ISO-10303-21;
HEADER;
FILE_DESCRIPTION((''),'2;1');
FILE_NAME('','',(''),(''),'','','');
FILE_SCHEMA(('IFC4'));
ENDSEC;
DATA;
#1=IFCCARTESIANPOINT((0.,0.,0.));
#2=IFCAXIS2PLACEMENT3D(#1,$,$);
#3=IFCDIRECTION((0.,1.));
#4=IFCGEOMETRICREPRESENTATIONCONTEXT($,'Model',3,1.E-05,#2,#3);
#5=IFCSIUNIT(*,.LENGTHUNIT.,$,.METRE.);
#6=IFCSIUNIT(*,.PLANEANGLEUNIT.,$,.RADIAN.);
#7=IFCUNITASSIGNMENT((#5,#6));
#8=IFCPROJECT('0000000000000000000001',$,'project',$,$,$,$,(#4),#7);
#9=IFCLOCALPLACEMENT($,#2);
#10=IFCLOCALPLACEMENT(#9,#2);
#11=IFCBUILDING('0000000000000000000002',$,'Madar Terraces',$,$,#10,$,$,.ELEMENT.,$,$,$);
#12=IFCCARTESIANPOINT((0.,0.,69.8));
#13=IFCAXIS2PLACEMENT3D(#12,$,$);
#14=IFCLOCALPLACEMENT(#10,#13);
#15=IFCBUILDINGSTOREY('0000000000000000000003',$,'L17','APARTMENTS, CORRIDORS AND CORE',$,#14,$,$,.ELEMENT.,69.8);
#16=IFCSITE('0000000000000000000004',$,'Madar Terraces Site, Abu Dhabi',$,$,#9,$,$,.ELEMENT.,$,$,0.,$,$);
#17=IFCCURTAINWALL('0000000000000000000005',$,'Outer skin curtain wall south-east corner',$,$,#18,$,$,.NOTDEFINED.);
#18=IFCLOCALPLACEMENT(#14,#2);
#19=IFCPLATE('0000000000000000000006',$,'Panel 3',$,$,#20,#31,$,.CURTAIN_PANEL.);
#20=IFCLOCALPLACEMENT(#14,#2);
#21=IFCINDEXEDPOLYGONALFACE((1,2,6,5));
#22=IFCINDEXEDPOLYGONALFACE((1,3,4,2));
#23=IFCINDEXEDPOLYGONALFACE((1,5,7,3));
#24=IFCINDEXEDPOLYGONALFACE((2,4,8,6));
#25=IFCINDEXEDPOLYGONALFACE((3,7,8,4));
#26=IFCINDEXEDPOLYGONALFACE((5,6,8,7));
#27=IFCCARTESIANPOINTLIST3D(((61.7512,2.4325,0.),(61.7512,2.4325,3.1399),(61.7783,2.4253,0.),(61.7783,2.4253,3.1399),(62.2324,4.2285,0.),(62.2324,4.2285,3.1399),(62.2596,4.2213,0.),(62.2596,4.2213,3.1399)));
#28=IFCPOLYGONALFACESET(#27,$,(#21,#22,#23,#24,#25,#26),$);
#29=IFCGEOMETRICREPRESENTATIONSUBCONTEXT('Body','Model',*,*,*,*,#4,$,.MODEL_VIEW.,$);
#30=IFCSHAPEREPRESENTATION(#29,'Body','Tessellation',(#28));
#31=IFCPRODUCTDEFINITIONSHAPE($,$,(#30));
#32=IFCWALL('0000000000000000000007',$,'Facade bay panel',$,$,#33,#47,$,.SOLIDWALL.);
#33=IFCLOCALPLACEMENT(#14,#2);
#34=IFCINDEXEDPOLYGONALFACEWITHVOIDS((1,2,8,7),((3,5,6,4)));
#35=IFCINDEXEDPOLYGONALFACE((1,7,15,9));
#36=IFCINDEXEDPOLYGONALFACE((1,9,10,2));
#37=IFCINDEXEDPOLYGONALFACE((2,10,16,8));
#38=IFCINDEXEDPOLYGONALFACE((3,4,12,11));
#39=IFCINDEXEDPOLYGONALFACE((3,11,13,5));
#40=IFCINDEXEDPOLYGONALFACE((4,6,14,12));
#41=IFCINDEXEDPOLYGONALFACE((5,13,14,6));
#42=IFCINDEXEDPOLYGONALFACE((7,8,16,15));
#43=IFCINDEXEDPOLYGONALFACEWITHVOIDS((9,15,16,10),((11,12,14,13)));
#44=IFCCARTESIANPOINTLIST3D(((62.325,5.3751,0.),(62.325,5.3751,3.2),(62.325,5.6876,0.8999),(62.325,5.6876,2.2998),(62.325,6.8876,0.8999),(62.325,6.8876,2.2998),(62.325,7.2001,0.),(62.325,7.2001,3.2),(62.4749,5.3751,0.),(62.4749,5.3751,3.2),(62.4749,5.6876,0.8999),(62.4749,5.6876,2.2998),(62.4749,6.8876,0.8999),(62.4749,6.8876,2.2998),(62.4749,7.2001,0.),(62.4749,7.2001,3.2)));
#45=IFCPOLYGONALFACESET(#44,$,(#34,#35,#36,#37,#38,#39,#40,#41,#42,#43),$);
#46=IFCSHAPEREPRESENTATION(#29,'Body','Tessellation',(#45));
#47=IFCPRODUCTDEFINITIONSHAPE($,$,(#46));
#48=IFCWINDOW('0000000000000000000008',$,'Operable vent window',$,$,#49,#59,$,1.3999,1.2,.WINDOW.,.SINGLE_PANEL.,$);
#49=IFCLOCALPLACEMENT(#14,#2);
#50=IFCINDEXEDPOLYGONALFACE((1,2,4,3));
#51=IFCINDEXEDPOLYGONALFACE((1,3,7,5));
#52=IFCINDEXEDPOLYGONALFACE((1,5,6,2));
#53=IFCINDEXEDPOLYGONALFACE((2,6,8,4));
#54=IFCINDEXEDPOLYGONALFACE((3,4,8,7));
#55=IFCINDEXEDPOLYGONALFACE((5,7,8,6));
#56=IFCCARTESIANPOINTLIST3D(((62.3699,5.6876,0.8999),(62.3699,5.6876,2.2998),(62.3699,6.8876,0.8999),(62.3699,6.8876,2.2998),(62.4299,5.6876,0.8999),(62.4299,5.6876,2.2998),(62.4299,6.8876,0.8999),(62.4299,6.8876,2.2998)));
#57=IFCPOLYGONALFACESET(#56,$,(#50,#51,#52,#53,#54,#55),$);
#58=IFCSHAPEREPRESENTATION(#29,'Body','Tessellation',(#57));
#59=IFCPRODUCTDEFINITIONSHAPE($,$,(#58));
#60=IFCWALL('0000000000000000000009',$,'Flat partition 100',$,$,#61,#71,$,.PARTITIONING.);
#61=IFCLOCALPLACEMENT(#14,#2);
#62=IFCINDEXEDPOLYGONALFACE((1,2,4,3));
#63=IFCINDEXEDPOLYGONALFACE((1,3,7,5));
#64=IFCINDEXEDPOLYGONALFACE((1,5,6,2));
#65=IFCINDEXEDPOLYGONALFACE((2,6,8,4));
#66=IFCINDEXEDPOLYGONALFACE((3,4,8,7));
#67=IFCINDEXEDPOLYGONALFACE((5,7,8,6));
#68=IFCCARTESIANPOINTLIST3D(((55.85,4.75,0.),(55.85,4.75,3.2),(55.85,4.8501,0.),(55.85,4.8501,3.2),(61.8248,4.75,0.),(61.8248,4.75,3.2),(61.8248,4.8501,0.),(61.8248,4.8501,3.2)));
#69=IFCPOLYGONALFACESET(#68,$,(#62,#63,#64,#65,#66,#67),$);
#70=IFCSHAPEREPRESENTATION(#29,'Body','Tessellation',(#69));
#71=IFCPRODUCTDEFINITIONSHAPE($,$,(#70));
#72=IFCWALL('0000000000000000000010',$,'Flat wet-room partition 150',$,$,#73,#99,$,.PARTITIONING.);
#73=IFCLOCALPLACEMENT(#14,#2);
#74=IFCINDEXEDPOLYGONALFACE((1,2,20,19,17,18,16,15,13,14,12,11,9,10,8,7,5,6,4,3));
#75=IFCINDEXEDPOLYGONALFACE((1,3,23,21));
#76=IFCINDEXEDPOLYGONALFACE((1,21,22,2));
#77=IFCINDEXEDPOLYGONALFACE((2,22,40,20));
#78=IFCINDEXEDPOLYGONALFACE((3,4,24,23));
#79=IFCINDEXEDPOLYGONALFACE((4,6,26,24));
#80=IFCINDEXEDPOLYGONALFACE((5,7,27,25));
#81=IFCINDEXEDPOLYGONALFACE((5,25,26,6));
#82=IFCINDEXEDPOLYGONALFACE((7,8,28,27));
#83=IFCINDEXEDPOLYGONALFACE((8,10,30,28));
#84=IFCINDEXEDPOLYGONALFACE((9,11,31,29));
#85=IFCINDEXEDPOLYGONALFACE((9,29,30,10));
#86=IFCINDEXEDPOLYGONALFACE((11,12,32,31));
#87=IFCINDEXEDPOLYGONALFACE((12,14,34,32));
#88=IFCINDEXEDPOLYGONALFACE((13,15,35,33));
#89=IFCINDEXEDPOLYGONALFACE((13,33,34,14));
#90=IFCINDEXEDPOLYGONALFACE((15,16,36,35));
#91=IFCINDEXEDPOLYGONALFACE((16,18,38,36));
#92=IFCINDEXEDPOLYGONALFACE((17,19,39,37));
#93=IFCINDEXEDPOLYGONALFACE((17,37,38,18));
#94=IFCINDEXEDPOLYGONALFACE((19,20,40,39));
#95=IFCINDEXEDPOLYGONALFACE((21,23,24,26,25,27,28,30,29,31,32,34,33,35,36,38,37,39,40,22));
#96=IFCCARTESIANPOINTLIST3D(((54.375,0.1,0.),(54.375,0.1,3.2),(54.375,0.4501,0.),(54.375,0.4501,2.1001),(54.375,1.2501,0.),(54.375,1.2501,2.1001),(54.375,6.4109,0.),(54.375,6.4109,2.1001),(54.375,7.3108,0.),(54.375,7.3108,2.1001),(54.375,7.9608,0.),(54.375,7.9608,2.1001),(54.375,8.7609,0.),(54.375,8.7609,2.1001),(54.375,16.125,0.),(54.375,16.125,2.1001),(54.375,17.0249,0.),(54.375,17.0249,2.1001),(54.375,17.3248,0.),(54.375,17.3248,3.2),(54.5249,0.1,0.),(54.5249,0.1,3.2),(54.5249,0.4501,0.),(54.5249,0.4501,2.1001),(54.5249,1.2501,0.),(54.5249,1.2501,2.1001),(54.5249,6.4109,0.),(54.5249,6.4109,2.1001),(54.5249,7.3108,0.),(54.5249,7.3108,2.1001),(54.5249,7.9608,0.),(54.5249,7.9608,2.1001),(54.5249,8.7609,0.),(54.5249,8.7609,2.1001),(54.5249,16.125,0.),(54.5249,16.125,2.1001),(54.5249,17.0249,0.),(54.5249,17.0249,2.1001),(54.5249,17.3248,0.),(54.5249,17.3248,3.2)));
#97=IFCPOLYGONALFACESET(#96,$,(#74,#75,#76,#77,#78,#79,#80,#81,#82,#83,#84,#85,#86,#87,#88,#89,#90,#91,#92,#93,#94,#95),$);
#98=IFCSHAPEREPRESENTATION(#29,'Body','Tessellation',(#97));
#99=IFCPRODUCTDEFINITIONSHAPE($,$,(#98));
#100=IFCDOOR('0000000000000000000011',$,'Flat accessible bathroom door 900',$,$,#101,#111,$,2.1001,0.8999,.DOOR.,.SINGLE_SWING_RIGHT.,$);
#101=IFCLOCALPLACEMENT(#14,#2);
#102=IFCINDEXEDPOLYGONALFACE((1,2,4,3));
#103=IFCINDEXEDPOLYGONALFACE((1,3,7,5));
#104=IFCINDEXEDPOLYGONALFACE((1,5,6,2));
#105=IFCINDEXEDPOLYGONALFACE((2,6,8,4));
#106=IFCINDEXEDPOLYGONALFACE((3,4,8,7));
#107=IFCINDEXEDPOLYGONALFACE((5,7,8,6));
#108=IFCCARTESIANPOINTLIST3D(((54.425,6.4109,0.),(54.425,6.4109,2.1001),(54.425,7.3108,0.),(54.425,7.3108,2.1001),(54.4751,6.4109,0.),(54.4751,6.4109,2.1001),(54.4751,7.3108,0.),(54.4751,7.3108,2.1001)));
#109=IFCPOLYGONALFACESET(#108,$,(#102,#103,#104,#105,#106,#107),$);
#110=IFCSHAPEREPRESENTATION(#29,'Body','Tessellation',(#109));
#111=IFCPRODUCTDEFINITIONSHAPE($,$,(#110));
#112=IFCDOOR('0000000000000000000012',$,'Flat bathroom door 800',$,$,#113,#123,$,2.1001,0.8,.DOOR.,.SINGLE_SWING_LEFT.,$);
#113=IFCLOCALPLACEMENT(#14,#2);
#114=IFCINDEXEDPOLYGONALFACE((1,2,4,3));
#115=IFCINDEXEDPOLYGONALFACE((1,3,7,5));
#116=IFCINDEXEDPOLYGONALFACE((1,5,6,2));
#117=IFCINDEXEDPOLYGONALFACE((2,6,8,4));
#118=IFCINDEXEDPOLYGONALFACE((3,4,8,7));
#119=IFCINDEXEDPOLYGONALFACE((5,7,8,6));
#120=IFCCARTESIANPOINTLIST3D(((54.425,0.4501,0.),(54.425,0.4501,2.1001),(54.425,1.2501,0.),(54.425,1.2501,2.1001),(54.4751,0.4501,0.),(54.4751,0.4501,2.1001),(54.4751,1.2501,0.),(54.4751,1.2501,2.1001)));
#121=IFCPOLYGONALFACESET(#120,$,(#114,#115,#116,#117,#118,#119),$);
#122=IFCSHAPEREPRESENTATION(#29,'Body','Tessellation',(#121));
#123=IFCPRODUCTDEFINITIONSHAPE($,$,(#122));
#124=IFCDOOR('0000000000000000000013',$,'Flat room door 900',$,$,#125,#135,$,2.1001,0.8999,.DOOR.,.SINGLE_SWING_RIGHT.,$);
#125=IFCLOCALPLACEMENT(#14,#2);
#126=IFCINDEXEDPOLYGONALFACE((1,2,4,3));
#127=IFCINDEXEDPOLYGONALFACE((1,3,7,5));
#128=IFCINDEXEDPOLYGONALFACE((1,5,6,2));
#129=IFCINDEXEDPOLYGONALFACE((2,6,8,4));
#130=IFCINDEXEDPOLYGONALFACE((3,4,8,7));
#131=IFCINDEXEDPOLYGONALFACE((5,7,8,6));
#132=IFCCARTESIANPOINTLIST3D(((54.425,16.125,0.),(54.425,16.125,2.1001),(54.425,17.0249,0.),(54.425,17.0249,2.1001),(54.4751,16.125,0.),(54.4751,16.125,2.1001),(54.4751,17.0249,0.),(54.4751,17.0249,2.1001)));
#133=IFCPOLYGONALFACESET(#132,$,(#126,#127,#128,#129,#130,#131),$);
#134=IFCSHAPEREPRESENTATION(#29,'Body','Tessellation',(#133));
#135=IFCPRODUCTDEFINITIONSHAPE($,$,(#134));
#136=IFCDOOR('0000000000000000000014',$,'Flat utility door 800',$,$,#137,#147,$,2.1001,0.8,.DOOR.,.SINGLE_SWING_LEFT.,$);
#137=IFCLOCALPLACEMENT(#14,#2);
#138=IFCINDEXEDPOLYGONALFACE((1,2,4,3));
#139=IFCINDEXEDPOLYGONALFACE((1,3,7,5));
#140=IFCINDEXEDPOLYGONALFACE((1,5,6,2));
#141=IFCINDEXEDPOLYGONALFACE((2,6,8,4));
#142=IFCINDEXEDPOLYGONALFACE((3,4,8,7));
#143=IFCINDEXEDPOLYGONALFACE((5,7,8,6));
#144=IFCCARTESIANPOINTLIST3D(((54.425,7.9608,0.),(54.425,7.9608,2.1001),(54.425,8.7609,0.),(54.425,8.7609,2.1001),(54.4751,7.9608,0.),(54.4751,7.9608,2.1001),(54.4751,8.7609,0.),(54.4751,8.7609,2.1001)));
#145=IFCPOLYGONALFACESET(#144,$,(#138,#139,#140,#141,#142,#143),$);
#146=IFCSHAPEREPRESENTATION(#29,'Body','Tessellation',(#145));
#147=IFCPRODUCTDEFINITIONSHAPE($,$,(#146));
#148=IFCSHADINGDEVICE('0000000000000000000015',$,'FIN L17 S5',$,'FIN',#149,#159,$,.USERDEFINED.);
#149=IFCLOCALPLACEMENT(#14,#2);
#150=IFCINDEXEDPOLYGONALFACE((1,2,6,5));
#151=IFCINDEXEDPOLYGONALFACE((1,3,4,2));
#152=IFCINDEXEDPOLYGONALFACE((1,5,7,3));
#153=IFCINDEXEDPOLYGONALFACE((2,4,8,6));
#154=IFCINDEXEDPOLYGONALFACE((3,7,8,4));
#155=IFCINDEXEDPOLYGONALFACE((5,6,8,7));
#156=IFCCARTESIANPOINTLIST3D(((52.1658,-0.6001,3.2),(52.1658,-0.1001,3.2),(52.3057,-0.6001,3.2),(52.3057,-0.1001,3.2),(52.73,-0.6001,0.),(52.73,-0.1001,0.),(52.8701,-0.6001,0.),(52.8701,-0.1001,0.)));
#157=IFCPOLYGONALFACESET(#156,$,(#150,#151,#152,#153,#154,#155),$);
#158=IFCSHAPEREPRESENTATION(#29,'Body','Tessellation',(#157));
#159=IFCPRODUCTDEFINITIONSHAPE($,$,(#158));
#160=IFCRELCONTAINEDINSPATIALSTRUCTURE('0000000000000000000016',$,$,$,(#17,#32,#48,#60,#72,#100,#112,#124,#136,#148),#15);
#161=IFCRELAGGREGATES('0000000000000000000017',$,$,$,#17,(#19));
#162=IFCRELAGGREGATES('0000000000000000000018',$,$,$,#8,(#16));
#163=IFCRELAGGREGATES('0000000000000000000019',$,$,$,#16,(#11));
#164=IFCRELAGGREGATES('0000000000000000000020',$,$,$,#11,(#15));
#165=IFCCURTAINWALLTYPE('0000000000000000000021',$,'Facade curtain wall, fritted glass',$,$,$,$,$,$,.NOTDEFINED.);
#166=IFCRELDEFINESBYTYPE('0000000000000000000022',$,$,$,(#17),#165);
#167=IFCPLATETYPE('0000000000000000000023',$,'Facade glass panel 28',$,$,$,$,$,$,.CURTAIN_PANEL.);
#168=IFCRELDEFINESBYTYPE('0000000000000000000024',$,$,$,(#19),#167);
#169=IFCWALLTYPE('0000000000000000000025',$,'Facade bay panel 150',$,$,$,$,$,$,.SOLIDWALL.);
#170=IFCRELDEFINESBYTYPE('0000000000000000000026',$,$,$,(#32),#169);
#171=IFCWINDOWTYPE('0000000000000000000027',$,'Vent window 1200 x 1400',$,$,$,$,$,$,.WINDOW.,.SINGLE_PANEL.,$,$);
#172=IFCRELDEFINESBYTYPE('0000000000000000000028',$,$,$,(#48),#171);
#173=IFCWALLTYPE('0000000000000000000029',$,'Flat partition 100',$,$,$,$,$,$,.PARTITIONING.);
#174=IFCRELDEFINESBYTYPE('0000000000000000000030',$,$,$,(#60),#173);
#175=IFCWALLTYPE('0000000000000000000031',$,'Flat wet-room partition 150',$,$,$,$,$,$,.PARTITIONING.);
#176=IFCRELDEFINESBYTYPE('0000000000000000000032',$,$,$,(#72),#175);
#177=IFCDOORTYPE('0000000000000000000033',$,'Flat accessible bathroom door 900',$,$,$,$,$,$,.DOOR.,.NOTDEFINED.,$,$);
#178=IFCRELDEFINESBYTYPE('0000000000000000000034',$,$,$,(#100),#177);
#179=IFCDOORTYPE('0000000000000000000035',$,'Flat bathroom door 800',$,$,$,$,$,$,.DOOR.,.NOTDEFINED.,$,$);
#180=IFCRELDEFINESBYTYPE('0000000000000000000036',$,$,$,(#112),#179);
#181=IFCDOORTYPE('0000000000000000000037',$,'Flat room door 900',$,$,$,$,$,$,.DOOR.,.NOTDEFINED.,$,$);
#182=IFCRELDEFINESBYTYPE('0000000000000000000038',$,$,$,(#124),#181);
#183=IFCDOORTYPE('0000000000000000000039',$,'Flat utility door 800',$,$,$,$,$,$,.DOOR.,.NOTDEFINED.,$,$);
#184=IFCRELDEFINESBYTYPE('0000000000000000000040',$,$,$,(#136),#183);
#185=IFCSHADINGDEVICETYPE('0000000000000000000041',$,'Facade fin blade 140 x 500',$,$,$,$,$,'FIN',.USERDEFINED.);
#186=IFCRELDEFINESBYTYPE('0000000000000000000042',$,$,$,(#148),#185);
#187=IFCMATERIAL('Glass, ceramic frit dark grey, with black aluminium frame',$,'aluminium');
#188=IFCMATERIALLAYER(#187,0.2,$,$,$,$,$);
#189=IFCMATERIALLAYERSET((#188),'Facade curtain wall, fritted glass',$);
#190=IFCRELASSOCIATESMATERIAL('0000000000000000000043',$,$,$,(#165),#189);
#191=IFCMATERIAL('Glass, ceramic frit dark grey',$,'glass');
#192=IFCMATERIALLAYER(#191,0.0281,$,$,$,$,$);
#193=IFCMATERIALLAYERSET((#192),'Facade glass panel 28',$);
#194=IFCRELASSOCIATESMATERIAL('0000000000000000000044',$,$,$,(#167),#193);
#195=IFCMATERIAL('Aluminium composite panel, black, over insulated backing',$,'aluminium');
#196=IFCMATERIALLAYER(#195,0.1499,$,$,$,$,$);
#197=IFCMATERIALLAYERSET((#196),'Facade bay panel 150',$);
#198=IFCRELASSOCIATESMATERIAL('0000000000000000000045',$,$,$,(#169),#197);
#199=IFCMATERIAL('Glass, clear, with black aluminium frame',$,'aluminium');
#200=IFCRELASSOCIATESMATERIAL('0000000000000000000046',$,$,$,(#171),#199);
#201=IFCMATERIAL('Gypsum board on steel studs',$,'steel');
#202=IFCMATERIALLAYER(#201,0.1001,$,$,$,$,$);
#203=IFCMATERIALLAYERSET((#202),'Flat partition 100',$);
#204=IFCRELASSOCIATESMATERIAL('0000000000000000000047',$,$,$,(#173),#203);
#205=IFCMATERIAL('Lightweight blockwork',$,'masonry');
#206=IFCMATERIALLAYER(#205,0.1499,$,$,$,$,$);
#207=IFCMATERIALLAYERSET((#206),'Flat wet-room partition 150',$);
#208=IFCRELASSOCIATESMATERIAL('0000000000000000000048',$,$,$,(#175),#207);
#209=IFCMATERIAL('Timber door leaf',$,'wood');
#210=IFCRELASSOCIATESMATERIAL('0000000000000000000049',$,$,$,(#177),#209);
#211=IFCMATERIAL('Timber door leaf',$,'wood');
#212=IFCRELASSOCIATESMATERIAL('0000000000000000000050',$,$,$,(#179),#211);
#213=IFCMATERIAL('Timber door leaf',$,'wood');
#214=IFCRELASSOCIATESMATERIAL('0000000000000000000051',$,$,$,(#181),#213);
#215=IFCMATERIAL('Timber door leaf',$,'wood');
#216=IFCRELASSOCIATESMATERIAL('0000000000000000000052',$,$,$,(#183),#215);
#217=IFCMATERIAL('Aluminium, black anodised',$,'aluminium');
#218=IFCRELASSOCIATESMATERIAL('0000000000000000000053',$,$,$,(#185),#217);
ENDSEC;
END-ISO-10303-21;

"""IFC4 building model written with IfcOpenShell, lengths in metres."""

from ifc_helpers import new_model, si_unit, direction, frame, frame_2d, origin, origin_2d, place, context, subcontext, project, spatial, polyline, rectangle, outline, extrude, material, layer, layer_set, type_object, element, fill, aggregate, save


model = new_model("IFC4")

# Units and contexts
model_context = context("Model", 3, precision=1e-05, world=origin(), true_north=direction((0.0, 1.0)))
body_context = subcontext(model_context, "Body", "Model", "MODEL_VIEW")
ifc_project = project(units=[si_unit("LENGTHUNIT", "METRE"), si_unit("PLANEANGLEUNIT", "RADIAN")], contexts=[model_context])

# Site, building, storey
site_placement = place(None, origin())
site = spatial("IfcSite", under=ifc_project, at=site_placement, Name="Madar Terraces Site, Abu Dhabi", CompositionType="ELEMENT", RefElevation=0.0)
building_placement = place(site_placement, origin())
building = spatial("IfcBuilding", under=site, at=building_placement, Name="Madar Terraces", CompositionType="ELEMENT")
storey_placement = place(building_placement, frame((0.0, 0.0, 69.8)))
storey = spatial("IfcBuildingStorey", under=building, at=storey_placement, Name="L17", Description="APARTMENTS, CORRIDORS AND CORE", CompositionType="ELEMENT", Elevation=69.8)

# Shared definitions
ifc_material_1 = material(Name="Glass, ceramic frit dark grey, with black aluminium frame", Category="aluminium")
ifc_layer_1 = layer(ifc_material_1, 0.2)
ifc_layer_set_1 = layer_set([ifc_layer_1], Name="Facade curtain wall, fritted glass")
curtain_wall_type = type_object("IfcCurtainWallType", Name="Facade curtain wall, fritted glass", PredefinedType="NOTDEFINED", material=ifc_layer_set_1)

# Curtain wall
curtain_wall_1_placement = place(storey_placement, origin())
curtain_wall_1 = element("IfcCurtainWall", 1, at=curtain_wall_1_placement, inside=storey, type_object=curtain_wall_type, Name="Outer skin curtain wall south-east corner", PredefinedType="NOTDEFINED")

# Plate
ifc_material_2 = material(Name="Glass, ceramic frit dark grey", Category="glass")
ifc_layer_2 = layer(ifc_material_2, 0.0281)
ifc_layer_set_2 = layer_set([ifc_layer_2], Name="Facade glass panel 28")
plate_type = type_object("IfcPlateType", Name="Facade glass panel 28", PredefinedType="CURTAIN_PANEL", material=ifc_layer_set_2)
plate_1_placement = place(storey_placement, frame((62.0054, 3.3269, 0.0), z_axis=(0.0, 0.0, 1.0), x_axis=(0.258819, 0.965926, 0.0)))
plate_1 = element("IfcPlate", 2, at=plate_1_placement, type_object=plate_type, Name="Panel 3", PredefinedType="CURTAIN_PANEL", context=body_context, shape_type="SweptSolid", body=[
    extrude(rectangle(XDim=1.8594, YDim=0.0281, at=origin_2d()), origin(), (0.0, 0.0, 1.0), 3.1399),
])
aggregate(curtain_wall_1, [plate_1])

# Wall, opening, window
ifc_material_3 = material(Name="Aluminium composite panel, black, over insulated backing", Category="aluminium")
ifc_layer_3 = layer(ifc_material_3, 0.1499)
ifc_layer_set_3 = layer_set([ifc_layer_3], Name="Facade bay panel 150")
wall_type_1 = type_object("IfcWallType", Name="Facade bay panel 150", PredefinedType="SOLIDWALL", material=ifc_layer_set_3)
wall_1_placement = place(storey_placement, frame((62.3999, 5.375, 0.0), z_axis=(0.0, 0.0, 1.0), x_axis=(0.0, 1.0, 0.0)))
wall_1 = element("IfcWall", 3, at=wall_1_placement, inside=storey, type_object=wall_type_1, Name="Facade bay panel", PredefinedType="SOLIDWALL", context=body_context, shape_type="SweptSolid", body=[
    extrude(rectangle(XDim=1.825, YDim=0.1499, at=frame_2d((0.9126, 0.0))), origin(), (0.0, 0.0, 1.0), 3.2),
])
opening_1_placement = place(wall_1_placement, frame((0.3125, 0.0, 0.8999)))
opening_1 = element("IfcOpeningElement", 4, at=opening_1_placement, cuts=wall_1, PredefinedType="OPENING", context=body_context, shape_type="SweptSolid", body=[
    extrude(rectangle(XDim=1.2, YDim=1.3999, at=frame_2d((0.6001, 0.7))), frame((0.0, 0.085, 0.0), z_axis=(0.0, -1.0, 0.0), x_axis=(1.0, 0.0, 0.0)), (0.0, 0.0, 1.0), 0.1699),
])
ifc_material_4 = material(Name="Glass, clear, with black aluminium frame", Category="aluminium")
window_type = type_object("IfcWindowType", Name="Vent window 1200 x 1400", PartitioningType="SINGLE_PANEL", PredefinedType="WINDOW", material=ifc_material_4)
window_placement = place(opening_1_placement, origin())
window = element("IfcWindow", 5, at=window_placement, inside=storey, type_object=window_type, Name="Operable vent window", OverallHeight=1.3999, OverallWidth=1.2, PartitioningType="SINGLE_PANEL", PredefinedType="WINDOW", context=body_context, shape_type="SweptSolid", body=[
    extrude(rectangle(XDim=1.2, YDim=1.3999, at=frame_2d((0.6001, 0.7))), frame((0.0, 0.03, 0.0), z_axis=(0.0, -1.0, 0.0), x_axis=(1.0, 0.0, 0.0)), (0.0, 0.0, 1.0), 0.0601),
])
fill(opening_1, window)

# Wall
ifc_material_5 = material(Name="Gypsum board on steel studs", Category="steel")
ifc_layer_4 = layer(ifc_material_5, 0.1001)
ifc_layer_set_4 = layer_set([ifc_layer_4], Name="Flat partition 100")
wall_type_2 = type_object("IfcWallType", Name="Flat partition 100", PredefinedType="PARTITIONING", material=ifc_layer_set_4)
wall_2_placement = place(storey_placement, frame((55.8501, 4.8, 0.0), z_axis=(0.0, 0.0, 1.0), x_axis=(1.0, 0.0, 0.0)))
element("IfcWall", 6, at=wall_2_placement, inside=storey, type_object=wall_type_2, Name="Flat partition 100", PredefinedType="PARTITIONING", context=body_context, shape_type="SweptSolid", body=[
    extrude(rectangle(XDim=5.9749, YDim=0.1001, at=frame_2d((2.9873, 0.0))), origin(), (0.0, 0.0, 1.0), 3.2),
])

# Wall, openings, doors
ifc_material_6 = material(Name="Lightweight blockwork", Category="masonry")
ifc_layer_5 = layer(ifc_material_6, 0.1499)
ifc_layer_set_5 = layer_set([ifc_layer_5], Name="Flat wet-room partition 150")
wall_type_3 = type_object("IfcWallType", Name="Flat wet-room partition 150", PredefinedType="PARTITIONING", material=ifc_layer_set_5)
wall_3_placement = place(storey_placement, frame((54.45, 0.1001, 0.0), z_axis=(0.0, 0.0, 1.0), x_axis=(0.0, 1.0, 0.0)))
wall_3 = element("IfcWall", 7, at=wall_3_placement, inside=storey, type_object=wall_type_3, Name="Flat wet-room partition 150", PredefinedType="PARTITIONING", context=body_context, shape_type="SweptSolid", body=[
    extrude(rectangle(XDim=17.2249, YDim=0.1499, at=frame_2d((8.6123, 0.0))), origin(), (0.0, 0.0, 1.0), 3.2),
])
opening_2_placement = place(wall_3_placement, frame((16.0249, 0.0, 0.0)))
opening_2 = element("IfcOpeningElement", 8, at=opening_2_placement, cuts=wall_3, PredefinedType="OPENING", context=body_context, shape_type="SweptSolid", body=[
    extrude(rectangle(XDim=0.8999, YDim=2.1001, at=frame_2d((0.45, 1.05))), frame((0.0, 0.085, 0.0), z_axis=(0.0, -1.0, 0.0), x_axis=(1.0, 0.0, 0.0)), (0.0, 0.0, 1.0), 0.1699),
])
opening_3_placement = place(wall_3_placement, frame((7.8608, 0.0, 0.0)))
opening_3 = element("IfcOpeningElement", 9, at=opening_3_placement, cuts=wall_3, PredefinedType="OPENING", context=body_context, shape_type="SweptSolid", body=[
    extrude(rectangle(XDim=0.8, YDim=2.1001, at=frame_2d((0.3999, 1.05))), frame((0.0, 0.085, 0.0), z_axis=(0.0, -1.0, 0.0), x_axis=(1.0, 0.0, 0.0)), (0.0, 0.0, 1.0), 0.1699),
])
opening_4_placement = place(wall_3_placement, frame((6.3108, 0.0, 0.0)))
opening_4 = element("IfcOpeningElement", 10, at=opening_4_placement, cuts=wall_3, PredefinedType="OPENING", context=body_context, shape_type="SweptSolid", body=[
    extrude(rectangle(XDim=0.8999, YDim=2.1001, at=frame_2d((0.45, 1.05))), frame((0.0, 0.085, 0.0), z_axis=(0.0, -1.0, 0.0), x_axis=(1.0, 0.0, 0.0)), (0.0, 0.0, 1.0), 0.1699),
])
opening_5_placement = place(wall_3_placement, frame((0.3501, 0.0, 0.0)))
opening_5 = element("IfcOpeningElement", 11, at=opening_5_placement, cuts=wall_3, PredefinedType="OPENING", context=body_context, shape_type="SweptSolid", body=[
    extrude(rectangle(XDim=0.8, YDim=2.1001, at=frame_2d((0.3999, 1.05))), frame((0.0, 0.085, 0.0), z_axis=(0.0, -1.0, 0.0), x_axis=(1.0, 0.0, 0.0)), (0.0, 0.0, 1.0), 0.1699),
])
ifc_material_7 = material(Name="Timber door leaf", Category="wood")
door_type_1 = type_object("IfcDoorType", Name="Flat accessible bathroom door 900", OperationType="NOTDEFINED", PredefinedType="DOOR", material=ifc_material_7)
door_1_placement = place(opening_4_placement, origin())
door_1 = element("IfcDoor", 12, at=door_1_placement, inside=storey, type_object=door_type_1, Name="Flat accessible bathroom door 900", OperationType="SINGLE_SWING_RIGHT", OverallHeight=2.1001, OverallWidth=0.8999, PredefinedType="DOOR", context=body_context, shape_type="SweptSolid", body=[
    extrude(rectangle(XDim=0.8999, YDim=2.1001, at=frame_2d((0.45, 1.05))), frame((0.0, 0.0249, 0.0), z_axis=(0.0, -1.0, 0.0), x_axis=(1.0, 0.0, 0.0)), (0.0, 0.0, 1.0), 0.05),
])
fill(opening_4, door_1)
ifc_material_8 = material(Name="Timber door leaf", Category="wood")
door_type_2 = type_object("IfcDoorType", Name="Flat bathroom door 800", OperationType="NOTDEFINED", PredefinedType="DOOR", material=ifc_material_8)
door_2_placement = place(opening_5_placement, origin())
door_2 = element("IfcDoor", 13, at=door_2_placement, inside=storey, type_object=door_type_2, Name="Flat bathroom door 800", OperationType="SINGLE_SWING_LEFT", OverallHeight=2.1001, OverallWidth=0.8, PredefinedType="DOOR", context=body_context, shape_type="SweptSolid", body=[
    extrude(rectangle(XDim=0.8, YDim=2.1001, at=frame_2d((0.3999, 1.05))), frame((0.0, 0.0249, 0.0), z_axis=(0.0, -1.0, 0.0), x_axis=(1.0, 0.0, 0.0)), (0.0, 0.0, 1.0), 0.05),
])
fill(opening_5, door_2)
ifc_material_9 = material(Name="Timber door leaf", Category="wood")
door_type_3 = type_object("IfcDoorType", Name="Flat room door 900", OperationType="NOTDEFINED", PredefinedType="DOOR", material=ifc_material_9)
door_3_placement = place(opening_2_placement, origin())
door_3 = element("IfcDoor", 14, at=door_3_placement, inside=storey, type_object=door_type_3, Name="Flat room door 900", OperationType="SINGLE_SWING_RIGHT", OverallHeight=2.1001, OverallWidth=0.8999, PredefinedType="DOOR", context=body_context, shape_type="SweptSolid", body=[
    extrude(rectangle(XDim=0.8999, YDim=2.1001, at=frame_2d((0.45, 1.05))), frame((0.0, 0.0249, 0.0), z_axis=(0.0, -1.0, 0.0), x_axis=(1.0, 0.0, 0.0)), (0.0, 0.0, 1.0), 0.05),
])
fill(opening_2, door_3)
ifc_material_10 = material(Name="Timber door leaf", Category="wood")
door_type_4 = type_object("IfcDoorType", Name="Flat utility door 800", OperationType="NOTDEFINED", PredefinedType="DOOR", material=ifc_material_10)
door_4_placement = place(opening_3_placement, origin())
door_4 = element("IfcDoor", 15, at=door_4_placement, inside=storey, type_object=door_type_4, Name="Flat utility door 800", OperationType="SINGLE_SWING_LEFT", OverallHeight=2.1001, OverallWidth=0.8, PredefinedType="DOOR", context=body_context, shape_type="SweptSolid", body=[
    extrude(rectangle(XDim=0.8, YDim=2.1001, at=frame_2d((0.3999, 1.05))), frame((0.0, 0.0249, 0.0), z_axis=(0.0, -1.0, 0.0), x_axis=(1.0, 0.0, 0.0)), (0.0, 0.0, 1.0), 0.05),
])
fill(opening_3, door_4)

# Shading device
ifc_material_11 = material(Name="Aluminium, black anodised", Category="aluminium")
shading_device_type = type_object("IfcShadingDeviceType", Name="Facade fin blade 140 x 500", ElementType="FIN", PredefinedType="USERDEFINED", material=ifc_material_11)
shading_device_1_placement = place(storey_placement, frame((52.73, -0.3501, 0.0), z_axis=(0.0, 0.0, 1.0), x_axis=(1.0, 0.0, 0.0)))
element("IfcShadingDevice", 16, at=shading_device_1_placement, inside=storey, type_object=shading_device_type, Name="FIN L17 S5", ObjectType="FIN", PredefinedType="USERDEFINED", context=body_context, shape_type="SweptSolid", body=[
    extrude(outline(polyline([(0.0, 0.0), (0.1401, 0.0), (-0.4243, 3.2), (-0.5642, 3.2), (0.0, 0.0)])), frame((0.0, 0.25, 0.0), z_axis=(0.0, -1.0, 0.0), x_axis=(1.0, 0.0, 0.0)), (0.0, 0.0, 1.0), 0.5),
])

save(model, "model.ifc")
